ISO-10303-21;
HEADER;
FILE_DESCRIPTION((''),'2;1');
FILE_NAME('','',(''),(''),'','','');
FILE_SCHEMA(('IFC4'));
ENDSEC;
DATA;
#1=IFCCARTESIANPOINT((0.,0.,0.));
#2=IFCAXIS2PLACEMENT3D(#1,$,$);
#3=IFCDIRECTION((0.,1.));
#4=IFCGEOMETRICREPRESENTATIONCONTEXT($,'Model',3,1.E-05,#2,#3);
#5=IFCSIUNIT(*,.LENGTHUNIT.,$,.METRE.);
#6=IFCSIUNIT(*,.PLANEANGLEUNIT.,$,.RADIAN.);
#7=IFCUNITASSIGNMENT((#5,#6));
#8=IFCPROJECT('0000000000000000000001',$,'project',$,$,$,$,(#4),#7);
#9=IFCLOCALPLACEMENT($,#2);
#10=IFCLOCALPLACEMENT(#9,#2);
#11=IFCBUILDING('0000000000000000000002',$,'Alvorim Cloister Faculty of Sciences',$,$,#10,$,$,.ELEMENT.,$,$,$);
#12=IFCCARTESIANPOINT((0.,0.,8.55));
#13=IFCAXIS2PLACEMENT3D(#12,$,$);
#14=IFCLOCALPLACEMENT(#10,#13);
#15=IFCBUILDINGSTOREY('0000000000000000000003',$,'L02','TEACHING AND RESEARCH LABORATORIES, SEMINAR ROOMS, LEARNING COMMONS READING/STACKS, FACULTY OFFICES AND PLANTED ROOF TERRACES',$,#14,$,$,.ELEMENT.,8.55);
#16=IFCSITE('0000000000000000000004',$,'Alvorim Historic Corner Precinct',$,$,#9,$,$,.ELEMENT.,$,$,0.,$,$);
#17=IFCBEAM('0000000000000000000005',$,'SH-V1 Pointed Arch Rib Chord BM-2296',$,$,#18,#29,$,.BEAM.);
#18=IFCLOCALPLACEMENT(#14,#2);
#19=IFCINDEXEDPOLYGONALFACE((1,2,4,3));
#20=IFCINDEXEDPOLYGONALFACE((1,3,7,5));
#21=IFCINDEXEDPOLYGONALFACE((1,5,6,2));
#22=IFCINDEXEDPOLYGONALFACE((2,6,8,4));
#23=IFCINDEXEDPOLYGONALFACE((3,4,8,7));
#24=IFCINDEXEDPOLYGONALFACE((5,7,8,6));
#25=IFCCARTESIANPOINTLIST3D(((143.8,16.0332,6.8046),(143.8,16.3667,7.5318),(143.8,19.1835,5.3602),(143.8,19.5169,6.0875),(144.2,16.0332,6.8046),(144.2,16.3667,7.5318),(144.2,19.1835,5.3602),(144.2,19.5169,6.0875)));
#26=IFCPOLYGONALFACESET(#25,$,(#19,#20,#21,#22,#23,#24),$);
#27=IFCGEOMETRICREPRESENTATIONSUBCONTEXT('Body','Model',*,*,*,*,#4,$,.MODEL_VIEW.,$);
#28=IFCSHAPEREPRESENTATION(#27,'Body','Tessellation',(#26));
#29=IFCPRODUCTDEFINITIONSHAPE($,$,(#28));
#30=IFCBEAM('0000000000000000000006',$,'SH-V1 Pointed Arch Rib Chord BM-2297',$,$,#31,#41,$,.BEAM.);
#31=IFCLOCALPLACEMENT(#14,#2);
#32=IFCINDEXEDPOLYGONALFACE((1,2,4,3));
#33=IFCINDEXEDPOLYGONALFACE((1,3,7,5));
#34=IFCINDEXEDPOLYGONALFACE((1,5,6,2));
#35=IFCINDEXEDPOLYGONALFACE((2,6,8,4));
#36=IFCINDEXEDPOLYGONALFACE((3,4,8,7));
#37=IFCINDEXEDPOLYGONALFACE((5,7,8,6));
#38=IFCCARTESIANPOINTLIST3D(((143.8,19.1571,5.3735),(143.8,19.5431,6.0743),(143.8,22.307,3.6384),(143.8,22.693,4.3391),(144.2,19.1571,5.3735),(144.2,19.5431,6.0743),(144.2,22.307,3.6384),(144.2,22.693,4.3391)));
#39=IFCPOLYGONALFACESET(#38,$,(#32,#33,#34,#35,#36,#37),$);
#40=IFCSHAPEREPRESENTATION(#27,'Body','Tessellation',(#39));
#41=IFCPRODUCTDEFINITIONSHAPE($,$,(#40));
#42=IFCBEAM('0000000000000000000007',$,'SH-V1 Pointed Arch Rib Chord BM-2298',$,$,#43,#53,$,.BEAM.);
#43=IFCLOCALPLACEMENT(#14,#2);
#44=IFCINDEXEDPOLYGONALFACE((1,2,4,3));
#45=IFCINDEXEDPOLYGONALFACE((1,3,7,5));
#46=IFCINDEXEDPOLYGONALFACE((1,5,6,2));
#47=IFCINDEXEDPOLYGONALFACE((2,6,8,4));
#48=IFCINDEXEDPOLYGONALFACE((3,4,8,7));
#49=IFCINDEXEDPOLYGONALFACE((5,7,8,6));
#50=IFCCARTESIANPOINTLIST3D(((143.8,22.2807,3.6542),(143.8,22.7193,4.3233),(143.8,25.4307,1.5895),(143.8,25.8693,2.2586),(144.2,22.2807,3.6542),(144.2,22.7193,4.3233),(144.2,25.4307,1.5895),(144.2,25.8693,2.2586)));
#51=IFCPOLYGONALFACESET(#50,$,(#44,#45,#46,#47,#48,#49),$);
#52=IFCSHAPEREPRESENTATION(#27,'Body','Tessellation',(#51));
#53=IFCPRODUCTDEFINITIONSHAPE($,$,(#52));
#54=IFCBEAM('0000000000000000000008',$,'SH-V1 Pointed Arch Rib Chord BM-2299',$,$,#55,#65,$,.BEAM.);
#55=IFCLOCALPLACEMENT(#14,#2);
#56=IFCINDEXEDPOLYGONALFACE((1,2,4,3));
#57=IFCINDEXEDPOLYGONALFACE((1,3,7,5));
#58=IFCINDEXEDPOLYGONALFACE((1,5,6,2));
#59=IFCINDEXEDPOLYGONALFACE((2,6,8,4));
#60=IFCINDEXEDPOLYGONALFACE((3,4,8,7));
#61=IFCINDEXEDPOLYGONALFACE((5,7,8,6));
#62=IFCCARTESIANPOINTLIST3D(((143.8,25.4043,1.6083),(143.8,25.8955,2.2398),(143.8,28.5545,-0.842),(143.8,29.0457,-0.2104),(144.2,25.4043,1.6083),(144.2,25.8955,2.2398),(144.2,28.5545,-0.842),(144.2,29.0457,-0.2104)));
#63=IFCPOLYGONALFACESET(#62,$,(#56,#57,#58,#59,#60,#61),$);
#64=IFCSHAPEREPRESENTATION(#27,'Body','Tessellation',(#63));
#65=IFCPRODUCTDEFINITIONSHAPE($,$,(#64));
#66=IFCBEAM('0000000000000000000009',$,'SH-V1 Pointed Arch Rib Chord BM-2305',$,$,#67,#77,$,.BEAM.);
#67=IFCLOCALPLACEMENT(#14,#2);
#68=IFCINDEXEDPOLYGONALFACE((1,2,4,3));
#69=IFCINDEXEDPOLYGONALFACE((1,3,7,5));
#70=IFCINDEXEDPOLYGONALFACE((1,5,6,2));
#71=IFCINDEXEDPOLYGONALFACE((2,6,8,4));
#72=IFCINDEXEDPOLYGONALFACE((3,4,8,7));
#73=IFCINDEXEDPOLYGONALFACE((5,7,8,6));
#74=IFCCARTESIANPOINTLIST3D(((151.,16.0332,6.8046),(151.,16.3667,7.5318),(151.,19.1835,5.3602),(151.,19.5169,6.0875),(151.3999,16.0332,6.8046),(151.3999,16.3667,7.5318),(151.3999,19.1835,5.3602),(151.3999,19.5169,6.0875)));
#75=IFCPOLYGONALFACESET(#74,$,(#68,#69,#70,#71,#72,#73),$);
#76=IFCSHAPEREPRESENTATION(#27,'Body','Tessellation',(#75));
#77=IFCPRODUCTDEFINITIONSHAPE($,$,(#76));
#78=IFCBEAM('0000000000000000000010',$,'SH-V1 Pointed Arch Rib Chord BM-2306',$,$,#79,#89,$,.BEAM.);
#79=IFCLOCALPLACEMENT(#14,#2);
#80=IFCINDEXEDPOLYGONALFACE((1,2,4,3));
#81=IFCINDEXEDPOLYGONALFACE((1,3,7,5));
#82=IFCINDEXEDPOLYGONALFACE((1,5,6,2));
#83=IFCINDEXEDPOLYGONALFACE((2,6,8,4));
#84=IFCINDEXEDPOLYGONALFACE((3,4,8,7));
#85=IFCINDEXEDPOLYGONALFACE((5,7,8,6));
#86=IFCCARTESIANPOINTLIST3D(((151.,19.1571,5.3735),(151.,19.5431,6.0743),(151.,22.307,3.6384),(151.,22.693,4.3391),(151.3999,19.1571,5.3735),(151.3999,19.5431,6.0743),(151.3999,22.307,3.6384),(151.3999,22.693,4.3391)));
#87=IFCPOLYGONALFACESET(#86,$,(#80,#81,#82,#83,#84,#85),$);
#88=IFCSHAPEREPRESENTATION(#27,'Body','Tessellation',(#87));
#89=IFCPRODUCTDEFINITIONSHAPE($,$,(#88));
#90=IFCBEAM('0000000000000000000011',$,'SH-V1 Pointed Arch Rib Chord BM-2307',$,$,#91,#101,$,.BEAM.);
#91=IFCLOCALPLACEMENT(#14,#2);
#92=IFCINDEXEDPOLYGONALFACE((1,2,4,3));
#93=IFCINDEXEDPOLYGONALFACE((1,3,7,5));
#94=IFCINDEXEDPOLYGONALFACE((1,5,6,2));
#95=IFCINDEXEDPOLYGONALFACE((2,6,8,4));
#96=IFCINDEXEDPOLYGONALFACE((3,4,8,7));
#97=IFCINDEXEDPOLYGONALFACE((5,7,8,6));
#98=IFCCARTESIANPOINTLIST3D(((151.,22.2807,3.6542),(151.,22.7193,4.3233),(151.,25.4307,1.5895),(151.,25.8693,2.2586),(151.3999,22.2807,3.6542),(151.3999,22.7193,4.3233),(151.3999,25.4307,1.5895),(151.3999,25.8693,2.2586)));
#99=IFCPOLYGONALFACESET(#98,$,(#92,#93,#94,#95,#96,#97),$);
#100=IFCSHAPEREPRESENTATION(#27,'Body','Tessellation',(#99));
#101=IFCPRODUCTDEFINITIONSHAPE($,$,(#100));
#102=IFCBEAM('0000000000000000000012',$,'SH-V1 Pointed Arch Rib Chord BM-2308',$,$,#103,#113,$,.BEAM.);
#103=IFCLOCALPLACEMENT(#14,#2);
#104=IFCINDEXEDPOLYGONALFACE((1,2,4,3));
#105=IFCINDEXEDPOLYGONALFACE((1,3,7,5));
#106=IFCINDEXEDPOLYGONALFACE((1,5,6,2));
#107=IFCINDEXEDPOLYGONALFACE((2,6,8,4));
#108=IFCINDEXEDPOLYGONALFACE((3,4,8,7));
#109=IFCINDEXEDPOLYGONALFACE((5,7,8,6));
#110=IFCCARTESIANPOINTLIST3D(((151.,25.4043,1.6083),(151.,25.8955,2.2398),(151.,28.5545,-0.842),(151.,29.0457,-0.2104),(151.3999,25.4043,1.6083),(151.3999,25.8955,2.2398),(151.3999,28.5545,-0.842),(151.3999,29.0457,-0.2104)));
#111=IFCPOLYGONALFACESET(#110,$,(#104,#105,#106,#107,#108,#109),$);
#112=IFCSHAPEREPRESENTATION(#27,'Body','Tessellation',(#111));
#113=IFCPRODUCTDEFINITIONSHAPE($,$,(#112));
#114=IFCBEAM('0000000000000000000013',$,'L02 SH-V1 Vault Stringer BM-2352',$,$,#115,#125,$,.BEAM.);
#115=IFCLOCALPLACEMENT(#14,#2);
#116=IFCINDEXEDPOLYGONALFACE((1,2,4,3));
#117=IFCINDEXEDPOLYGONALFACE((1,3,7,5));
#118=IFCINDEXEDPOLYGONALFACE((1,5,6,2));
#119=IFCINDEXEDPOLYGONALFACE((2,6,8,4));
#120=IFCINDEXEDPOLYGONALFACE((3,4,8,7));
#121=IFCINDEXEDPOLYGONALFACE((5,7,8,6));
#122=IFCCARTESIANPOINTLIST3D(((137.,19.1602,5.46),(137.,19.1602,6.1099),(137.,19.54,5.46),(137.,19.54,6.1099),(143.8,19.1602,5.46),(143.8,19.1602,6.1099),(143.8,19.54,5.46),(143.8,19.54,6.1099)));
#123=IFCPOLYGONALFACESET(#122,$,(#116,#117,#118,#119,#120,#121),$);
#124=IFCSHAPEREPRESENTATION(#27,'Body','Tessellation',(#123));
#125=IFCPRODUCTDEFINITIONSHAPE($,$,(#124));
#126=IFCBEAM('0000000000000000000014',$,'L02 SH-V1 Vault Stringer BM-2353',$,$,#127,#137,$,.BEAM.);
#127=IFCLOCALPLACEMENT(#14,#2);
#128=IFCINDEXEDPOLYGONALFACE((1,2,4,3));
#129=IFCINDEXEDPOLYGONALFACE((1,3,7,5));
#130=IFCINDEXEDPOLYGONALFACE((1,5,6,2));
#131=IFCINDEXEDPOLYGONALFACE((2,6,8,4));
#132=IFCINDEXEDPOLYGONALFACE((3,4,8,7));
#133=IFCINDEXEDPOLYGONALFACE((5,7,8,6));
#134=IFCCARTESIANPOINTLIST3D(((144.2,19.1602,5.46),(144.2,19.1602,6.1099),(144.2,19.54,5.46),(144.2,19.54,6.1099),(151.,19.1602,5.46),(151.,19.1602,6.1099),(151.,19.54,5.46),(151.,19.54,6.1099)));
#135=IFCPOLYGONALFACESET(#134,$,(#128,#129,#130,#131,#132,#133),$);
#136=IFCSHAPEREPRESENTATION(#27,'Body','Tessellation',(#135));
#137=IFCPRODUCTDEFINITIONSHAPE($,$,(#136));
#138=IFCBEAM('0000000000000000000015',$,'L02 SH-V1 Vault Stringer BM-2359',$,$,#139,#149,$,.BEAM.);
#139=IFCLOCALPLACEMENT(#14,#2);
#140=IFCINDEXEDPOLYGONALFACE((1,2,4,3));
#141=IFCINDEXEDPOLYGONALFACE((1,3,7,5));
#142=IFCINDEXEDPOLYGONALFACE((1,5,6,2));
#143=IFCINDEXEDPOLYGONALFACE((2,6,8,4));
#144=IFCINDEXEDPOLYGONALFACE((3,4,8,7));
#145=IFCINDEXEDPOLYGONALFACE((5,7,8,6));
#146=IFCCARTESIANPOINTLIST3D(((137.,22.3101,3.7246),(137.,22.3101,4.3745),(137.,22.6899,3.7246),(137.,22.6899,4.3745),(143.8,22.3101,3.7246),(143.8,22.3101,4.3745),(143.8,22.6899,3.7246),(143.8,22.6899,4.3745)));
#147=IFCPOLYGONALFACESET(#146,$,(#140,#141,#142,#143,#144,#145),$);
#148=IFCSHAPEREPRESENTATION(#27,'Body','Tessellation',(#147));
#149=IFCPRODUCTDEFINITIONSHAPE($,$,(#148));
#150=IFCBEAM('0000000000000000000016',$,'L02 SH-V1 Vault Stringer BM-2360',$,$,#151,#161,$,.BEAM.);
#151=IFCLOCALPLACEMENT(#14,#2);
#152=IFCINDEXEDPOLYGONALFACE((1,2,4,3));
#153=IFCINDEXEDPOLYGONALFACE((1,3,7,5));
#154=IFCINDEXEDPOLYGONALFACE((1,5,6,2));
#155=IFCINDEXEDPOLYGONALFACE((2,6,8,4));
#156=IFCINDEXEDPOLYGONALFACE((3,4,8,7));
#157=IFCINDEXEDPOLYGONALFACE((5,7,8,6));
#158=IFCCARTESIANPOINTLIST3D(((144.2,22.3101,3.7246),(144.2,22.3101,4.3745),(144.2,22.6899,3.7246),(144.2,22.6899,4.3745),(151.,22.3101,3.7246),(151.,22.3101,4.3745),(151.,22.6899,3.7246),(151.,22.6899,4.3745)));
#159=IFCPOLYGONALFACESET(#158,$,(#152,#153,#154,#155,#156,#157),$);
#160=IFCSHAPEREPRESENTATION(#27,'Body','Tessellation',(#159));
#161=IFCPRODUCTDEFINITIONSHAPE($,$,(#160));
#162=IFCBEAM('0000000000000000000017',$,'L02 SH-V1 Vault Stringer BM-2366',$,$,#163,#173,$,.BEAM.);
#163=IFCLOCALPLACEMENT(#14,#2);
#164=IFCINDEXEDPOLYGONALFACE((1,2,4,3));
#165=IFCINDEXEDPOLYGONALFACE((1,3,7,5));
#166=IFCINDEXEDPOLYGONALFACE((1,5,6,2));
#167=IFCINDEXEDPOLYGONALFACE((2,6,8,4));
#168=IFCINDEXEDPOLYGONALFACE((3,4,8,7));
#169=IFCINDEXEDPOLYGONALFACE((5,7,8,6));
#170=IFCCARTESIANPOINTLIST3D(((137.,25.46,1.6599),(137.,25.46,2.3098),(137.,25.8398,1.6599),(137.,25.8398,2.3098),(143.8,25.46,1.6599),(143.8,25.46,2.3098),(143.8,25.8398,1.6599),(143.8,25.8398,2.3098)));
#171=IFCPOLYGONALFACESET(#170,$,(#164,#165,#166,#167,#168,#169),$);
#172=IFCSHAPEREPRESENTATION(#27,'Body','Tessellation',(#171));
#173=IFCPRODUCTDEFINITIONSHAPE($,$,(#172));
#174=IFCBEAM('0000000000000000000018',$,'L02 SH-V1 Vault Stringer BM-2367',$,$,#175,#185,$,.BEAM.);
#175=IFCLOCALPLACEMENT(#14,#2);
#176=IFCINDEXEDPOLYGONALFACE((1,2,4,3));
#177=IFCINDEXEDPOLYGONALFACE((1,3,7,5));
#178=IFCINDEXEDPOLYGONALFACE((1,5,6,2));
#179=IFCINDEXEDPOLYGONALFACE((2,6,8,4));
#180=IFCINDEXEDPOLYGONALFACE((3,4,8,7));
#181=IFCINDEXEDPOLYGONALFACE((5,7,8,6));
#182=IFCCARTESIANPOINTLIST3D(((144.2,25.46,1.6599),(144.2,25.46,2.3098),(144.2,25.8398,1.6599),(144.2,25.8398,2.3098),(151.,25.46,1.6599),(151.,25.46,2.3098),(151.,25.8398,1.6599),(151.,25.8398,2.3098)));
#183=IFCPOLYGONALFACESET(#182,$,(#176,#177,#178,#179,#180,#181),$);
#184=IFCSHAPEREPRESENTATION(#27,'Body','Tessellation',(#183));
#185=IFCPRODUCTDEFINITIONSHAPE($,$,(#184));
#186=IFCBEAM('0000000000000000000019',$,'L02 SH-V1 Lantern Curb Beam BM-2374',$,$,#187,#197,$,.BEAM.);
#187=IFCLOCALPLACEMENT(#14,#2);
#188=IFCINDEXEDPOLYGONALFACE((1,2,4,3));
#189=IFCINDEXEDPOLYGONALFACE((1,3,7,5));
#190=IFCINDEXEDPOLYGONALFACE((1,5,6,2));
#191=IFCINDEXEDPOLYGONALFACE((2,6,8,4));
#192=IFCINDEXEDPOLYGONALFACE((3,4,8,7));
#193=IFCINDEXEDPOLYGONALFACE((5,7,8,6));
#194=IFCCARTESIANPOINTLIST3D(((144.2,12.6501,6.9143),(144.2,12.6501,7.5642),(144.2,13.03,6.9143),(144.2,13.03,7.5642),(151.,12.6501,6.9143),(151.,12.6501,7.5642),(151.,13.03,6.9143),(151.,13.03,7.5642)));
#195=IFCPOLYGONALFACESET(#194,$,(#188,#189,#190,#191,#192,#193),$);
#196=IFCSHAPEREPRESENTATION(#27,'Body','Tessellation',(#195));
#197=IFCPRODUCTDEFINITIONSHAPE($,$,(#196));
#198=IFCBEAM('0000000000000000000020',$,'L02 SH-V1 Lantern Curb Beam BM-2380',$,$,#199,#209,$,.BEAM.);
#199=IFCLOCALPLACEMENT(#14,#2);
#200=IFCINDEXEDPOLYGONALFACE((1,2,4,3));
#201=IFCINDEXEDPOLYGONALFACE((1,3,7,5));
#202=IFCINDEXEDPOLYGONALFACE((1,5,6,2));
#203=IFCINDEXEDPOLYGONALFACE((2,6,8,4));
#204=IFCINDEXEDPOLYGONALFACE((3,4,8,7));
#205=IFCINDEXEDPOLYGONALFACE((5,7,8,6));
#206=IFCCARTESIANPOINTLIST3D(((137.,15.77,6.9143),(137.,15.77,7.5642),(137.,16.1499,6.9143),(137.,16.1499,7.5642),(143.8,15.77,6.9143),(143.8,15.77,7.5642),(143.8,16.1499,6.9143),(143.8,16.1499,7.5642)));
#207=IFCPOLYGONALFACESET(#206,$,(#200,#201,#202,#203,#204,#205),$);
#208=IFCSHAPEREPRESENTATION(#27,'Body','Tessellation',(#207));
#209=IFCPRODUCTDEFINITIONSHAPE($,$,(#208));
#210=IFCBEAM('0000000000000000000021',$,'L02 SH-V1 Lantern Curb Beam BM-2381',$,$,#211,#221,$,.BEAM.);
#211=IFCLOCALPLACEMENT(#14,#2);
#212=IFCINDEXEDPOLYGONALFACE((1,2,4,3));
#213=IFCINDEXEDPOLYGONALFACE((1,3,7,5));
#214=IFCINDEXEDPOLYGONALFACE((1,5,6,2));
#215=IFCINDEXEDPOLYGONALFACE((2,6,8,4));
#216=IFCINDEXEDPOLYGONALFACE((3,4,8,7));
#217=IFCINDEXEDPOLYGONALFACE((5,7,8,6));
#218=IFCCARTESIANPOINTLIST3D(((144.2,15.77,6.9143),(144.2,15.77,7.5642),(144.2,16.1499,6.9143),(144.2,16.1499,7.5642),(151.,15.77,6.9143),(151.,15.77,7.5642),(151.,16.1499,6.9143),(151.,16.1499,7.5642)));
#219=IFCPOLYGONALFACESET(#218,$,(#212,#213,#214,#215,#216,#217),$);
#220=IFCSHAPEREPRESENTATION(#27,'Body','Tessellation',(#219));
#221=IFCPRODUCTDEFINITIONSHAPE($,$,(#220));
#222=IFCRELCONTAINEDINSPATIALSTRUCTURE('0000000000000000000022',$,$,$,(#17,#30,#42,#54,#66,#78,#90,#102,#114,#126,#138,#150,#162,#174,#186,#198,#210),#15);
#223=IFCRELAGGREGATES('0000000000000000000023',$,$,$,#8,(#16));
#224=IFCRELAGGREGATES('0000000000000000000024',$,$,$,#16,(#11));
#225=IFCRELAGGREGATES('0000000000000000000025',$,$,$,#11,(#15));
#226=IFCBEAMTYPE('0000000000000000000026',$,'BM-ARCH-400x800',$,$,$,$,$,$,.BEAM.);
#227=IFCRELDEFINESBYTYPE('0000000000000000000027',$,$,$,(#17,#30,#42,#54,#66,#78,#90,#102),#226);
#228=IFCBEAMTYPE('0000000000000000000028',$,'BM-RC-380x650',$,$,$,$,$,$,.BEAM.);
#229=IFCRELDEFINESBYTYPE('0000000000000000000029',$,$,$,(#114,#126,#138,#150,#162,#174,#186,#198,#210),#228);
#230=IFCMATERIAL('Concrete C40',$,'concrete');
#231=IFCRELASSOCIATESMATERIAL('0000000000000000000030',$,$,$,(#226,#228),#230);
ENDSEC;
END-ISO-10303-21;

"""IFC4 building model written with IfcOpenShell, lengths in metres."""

from ifc_helpers import new_model, si_unit, direction, frame, origin, origin_2d, place, context, subcontext, project, spatial, rectangle, extrude, material, material_profile, profile_set, type_object, element, save


model = new_model("IFC4")

# Units and contexts
model_context = context("Model", 3, precision=1e-05, world=origin(), true_north=direction((0.0, 1.0)))
body_context = subcontext(model_context, "Body", "Model", "MODEL_VIEW")
ifc_project = project(units=[si_unit("LENGTHUNIT", "METRE"), si_unit("PLANEANGLEUNIT", "RADIAN")], contexts=[model_context])

# Site, building, storey
site_placement = place(None, origin())
site = spatial("IfcSite", under=ifc_project, at=site_placement, Name="Alvorim Historic Corner Precinct", CompositionType="ELEMENT", RefElevation=0.0)
building_placement = place(site_placement, origin())
building = spatial("IfcBuilding", under=site, at=building_placement, Name="Alvorim Cloister Faculty of Sciences", CompositionType="ELEMENT")
storey_placement = place(building_placement, frame((0.0, 0.0, 8.55)))
storey = spatial("IfcBuildingStorey", under=building, at=storey_placement, Name="L02", Description="TEACHING AND RESEARCH LABORATORIES, SEMINAR ROOMS, LEARNING COMMONS READING/STACKS, FACULTY OFFICES AND PLANTED ROOF TERRACES", CompositionType="ELEMENT", Elevation=8.55)

# Beams
ifc_material = material(Name="Concrete C40", Category="concrete")
ifc_material_profile_1 = material_profile(ifc_material, rectangle(XDim=0.3999, YDim=0.8, at=origin_2d()), Name="RC40-ARCH-400x800")
ifc_profile_set_1 = profile_set([ifc_material_profile_1], Name="Concrete C40")
beam_type_1 = type_object("IfcBeamType", Name="BM-ARCH-400x800", PredefinedType="BEAM", material=ifc_profile_set_1)
beam_1_placement = place(storey_placement, frame((144.0, 16.2, 7.1682), z_axis=(0.0, 0.909008, -0.416778), x_axis=(-1.0, 0.0, 0.0)))
element("IfcBeam", 1, at=beam_1_placement, inside=storey, type_object=beam_type_1, Name="SH-V1 Pointed Arch Rib Chord BM-2296", PredefinedType="BEAM", context=body_context, shape_type="SweptSolid", body=[
    extrude(rectangle(XDim=0.3999, YDim=0.8, at=origin_2d()), origin(), (0.0, 0.0, 1.0), 3.4656),
])
beam_2_placement = place(storey_placement, frame((144.0, 19.3501, 5.7239), z_axis=(0.0, 0.875903, -0.482487), x_axis=(-1.0, 0.0, 0.0)))
element("IfcBeam", 2, at=beam_2_placement, inside=storey, type_object=beam_type_1, Name="SH-V1 Pointed Arch Rib Chord BM-2297", PredefinedType="BEAM", context=body_context, shape_type="SweptSolid", body=[
    extrude(rectangle(XDim=0.3999, YDim=0.8, at=origin_2d()), origin(), (0.0, 0.0, 1.0), 3.5962),
])
beam_3_placement = place(storey_placement, frame((144.0, 22.5, 3.9888), z_axis=(0.0, 0.836343, -0.548206), x_axis=(-1.0, 0.0, 0.0)))
element("IfcBeam", 3, at=beam_3_placement, inside=storey, type_object=beam_type_1, Name="SH-V1 Pointed Arch Rib Chord BM-2298", PredefinedType="BEAM", context=body_context, shape_type="SweptSolid", body=[
    extrude(rectangle(XDim=0.3999, YDim=0.8, at=origin_2d()), origin(), (0.0, 0.0, 1.0), 3.7664),
])
beam_4_placement = place(storey_placement, frame((144.0, 25.6499, 1.9241), z_axis=(0.0, 0.789342, -0.613953), x_axis=(-1.0, 0.0, 0.0)))
element("IfcBeam", 4, at=beam_4_placement, inside=storey, type_object=beam_type_1, Name="SH-V1 Pointed Arch Rib Chord BM-2299", PredefinedType="BEAM", context=body_context, shape_type="SweptSolid", body=[
    extrude(rectangle(XDim=0.3999, YDim=0.8, at=origin_2d()), origin(), (0.0, 0.0, 1.0), 3.991),
])
beam_5_placement = place(storey_placement, frame((151.2, 16.2, 7.1682), z_axis=(0.0, 0.909008, -0.416778), x_axis=(-1.0, 0.0, 0.0)))
element("IfcBeam", 5, at=beam_5_placement, inside=storey, type_object=beam_type_1, Name="SH-V1 Pointed Arch Rib Chord BM-2305", PredefinedType="BEAM", context=body_context, shape_type="SweptSolid", body=[
    extrude(rectangle(XDim=0.3999, YDim=0.8, at=origin_2d()), origin(), (0.0, 0.0, 1.0), 3.4656),
])
beam_6_placement = place(storey_placement, frame((151.2, 19.3501, 5.7239), z_axis=(0.0, 0.875903, -0.482487), x_axis=(-1.0, 0.0, 0.0)))
element("IfcBeam", 6, at=beam_6_placement, inside=storey, type_object=beam_type_1, Name="SH-V1 Pointed Arch Rib Chord BM-2306", PredefinedType="BEAM", context=body_context, shape_type="SweptSolid", body=[
    extrude(rectangle(XDim=0.3999, YDim=0.8, at=origin_2d()), origin(), (0.0, 0.0, 1.0), 3.5962),
])
beam_7_placement = place(storey_placement, frame((151.2, 22.5, 3.9888), z_axis=(0.0, 0.836343, -0.548206), x_axis=(-1.0, 0.0, 0.0)))
element("IfcBeam", 7, at=beam_7_placement, inside=storey, type_object=beam_type_1, Name="SH-V1 Pointed Arch Rib Chord BM-2307", PredefinedType="BEAM", context=body_context, shape_type="SweptSolid", body=[
    extrude(rectangle(XDim=0.3999, YDim=0.8, at=origin_2d()), origin(), (0.0, 0.0, 1.0), 3.7664),
])
beam_8_placement = place(storey_placement, frame((151.2, 25.6499, 1.9241), z_axis=(0.0, 0.789342, -0.613953), x_axis=(-1.0, 0.0, 0.0)))
element("IfcBeam", 8, at=beam_8_placement, inside=storey, type_object=beam_type_1, Name="SH-V1 Pointed Arch Rib Chord BM-2308", PredefinedType="BEAM", context=body_context, shape_type="SweptSolid", body=[
    extrude(rectangle(XDim=0.3999, YDim=0.8, at=origin_2d()), origin(), (0.0, 0.0, 1.0), 3.991),
])
ifc_material_profile_2 = material_profile(ifc_material, rectangle(XDim=0.3799, YDim=0.6499, at=origin_2d()), Name="RC40-BM-380x650")
ifc_profile_set_2 = profile_set([ifc_material_profile_2], Name="Concrete C40")
beam_type_2 = type_object("IfcBeamType", Name="BM-RC-380x650", PredefinedType="BEAM", material=ifc_profile_set_2)
for number, where, z_axis, x_axis, name in (
    (9, (137.0, 19.3501, 5.7849), (1.0, 0.0, 0.0), (0.0, 1.0, 0.0), "L02 SH-V1 Vault Stringer BM-2352"),
    (10, (144.2, 19.3501, 5.7849), (1.0, 0.0, 0.0), (0.0, 1.0, 0.0), "L02 SH-V1 Vault Stringer BM-2353"),
    (11, (137.0, 22.5, 4.0496), (1.0, 0.0, 0.0), (0.0, 1.0, 0.0), "L02 SH-V1 Vault Stringer BM-2359"),
    (12, (144.2, 22.5, 4.0496), (1.0, 0.0, 0.0), (0.0, 1.0, 0.0), "L02 SH-V1 Vault Stringer BM-2360"),
    (13, (137.0, 25.6499, 1.9849), (1.0, 0.0, 0.0), (0.0, 1.0, 0.0), "L02 SH-V1 Vault Stringer BM-2366"),
    (14, (144.2, 25.6499, 1.9849), (1.0, 0.0, 0.0), (0.0, 1.0, 0.0), "L02 SH-V1 Vault Stringer BM-2367"),
    (15, (144.2, 12.8401, 7.2393), (1.0, 0.0, 0.0), (0.0, 1.0, 0.0), "L02 SH-V1 Lantern Curb Beam BM-2374"),
    (16, (137.0, 15.96, 7.2393), (1.0, 0.0, 0.0), (0.0, 1.0, 0.0), "L02 SH-V1 Lantern Curb Beam BM-2380"),
    (17, (144.2, 15.96, 7.2393), (1.0, 0.0, 0.0), (0.0, 1.0, 0.0), "L02 SH-V1 Lantern Curb Beam BM-2381"),
):
    element("IfcBeam", number, at=place(storey_placement, frame(where, z_axis=z_axis, x_axis=x_axis)), inside=storey, type_object=beam_type_2, Name=name, PredefinedType="BEAM", context=body_context, shape_type="SweptSolid", body=[
        extrude(rectangle(XDim=0.3799, YDim=0.6499, at=origin_2d()), origin(), (0.0, 0.0, 1.0), 6.8),
    ])

save(model, "model.ifc")
